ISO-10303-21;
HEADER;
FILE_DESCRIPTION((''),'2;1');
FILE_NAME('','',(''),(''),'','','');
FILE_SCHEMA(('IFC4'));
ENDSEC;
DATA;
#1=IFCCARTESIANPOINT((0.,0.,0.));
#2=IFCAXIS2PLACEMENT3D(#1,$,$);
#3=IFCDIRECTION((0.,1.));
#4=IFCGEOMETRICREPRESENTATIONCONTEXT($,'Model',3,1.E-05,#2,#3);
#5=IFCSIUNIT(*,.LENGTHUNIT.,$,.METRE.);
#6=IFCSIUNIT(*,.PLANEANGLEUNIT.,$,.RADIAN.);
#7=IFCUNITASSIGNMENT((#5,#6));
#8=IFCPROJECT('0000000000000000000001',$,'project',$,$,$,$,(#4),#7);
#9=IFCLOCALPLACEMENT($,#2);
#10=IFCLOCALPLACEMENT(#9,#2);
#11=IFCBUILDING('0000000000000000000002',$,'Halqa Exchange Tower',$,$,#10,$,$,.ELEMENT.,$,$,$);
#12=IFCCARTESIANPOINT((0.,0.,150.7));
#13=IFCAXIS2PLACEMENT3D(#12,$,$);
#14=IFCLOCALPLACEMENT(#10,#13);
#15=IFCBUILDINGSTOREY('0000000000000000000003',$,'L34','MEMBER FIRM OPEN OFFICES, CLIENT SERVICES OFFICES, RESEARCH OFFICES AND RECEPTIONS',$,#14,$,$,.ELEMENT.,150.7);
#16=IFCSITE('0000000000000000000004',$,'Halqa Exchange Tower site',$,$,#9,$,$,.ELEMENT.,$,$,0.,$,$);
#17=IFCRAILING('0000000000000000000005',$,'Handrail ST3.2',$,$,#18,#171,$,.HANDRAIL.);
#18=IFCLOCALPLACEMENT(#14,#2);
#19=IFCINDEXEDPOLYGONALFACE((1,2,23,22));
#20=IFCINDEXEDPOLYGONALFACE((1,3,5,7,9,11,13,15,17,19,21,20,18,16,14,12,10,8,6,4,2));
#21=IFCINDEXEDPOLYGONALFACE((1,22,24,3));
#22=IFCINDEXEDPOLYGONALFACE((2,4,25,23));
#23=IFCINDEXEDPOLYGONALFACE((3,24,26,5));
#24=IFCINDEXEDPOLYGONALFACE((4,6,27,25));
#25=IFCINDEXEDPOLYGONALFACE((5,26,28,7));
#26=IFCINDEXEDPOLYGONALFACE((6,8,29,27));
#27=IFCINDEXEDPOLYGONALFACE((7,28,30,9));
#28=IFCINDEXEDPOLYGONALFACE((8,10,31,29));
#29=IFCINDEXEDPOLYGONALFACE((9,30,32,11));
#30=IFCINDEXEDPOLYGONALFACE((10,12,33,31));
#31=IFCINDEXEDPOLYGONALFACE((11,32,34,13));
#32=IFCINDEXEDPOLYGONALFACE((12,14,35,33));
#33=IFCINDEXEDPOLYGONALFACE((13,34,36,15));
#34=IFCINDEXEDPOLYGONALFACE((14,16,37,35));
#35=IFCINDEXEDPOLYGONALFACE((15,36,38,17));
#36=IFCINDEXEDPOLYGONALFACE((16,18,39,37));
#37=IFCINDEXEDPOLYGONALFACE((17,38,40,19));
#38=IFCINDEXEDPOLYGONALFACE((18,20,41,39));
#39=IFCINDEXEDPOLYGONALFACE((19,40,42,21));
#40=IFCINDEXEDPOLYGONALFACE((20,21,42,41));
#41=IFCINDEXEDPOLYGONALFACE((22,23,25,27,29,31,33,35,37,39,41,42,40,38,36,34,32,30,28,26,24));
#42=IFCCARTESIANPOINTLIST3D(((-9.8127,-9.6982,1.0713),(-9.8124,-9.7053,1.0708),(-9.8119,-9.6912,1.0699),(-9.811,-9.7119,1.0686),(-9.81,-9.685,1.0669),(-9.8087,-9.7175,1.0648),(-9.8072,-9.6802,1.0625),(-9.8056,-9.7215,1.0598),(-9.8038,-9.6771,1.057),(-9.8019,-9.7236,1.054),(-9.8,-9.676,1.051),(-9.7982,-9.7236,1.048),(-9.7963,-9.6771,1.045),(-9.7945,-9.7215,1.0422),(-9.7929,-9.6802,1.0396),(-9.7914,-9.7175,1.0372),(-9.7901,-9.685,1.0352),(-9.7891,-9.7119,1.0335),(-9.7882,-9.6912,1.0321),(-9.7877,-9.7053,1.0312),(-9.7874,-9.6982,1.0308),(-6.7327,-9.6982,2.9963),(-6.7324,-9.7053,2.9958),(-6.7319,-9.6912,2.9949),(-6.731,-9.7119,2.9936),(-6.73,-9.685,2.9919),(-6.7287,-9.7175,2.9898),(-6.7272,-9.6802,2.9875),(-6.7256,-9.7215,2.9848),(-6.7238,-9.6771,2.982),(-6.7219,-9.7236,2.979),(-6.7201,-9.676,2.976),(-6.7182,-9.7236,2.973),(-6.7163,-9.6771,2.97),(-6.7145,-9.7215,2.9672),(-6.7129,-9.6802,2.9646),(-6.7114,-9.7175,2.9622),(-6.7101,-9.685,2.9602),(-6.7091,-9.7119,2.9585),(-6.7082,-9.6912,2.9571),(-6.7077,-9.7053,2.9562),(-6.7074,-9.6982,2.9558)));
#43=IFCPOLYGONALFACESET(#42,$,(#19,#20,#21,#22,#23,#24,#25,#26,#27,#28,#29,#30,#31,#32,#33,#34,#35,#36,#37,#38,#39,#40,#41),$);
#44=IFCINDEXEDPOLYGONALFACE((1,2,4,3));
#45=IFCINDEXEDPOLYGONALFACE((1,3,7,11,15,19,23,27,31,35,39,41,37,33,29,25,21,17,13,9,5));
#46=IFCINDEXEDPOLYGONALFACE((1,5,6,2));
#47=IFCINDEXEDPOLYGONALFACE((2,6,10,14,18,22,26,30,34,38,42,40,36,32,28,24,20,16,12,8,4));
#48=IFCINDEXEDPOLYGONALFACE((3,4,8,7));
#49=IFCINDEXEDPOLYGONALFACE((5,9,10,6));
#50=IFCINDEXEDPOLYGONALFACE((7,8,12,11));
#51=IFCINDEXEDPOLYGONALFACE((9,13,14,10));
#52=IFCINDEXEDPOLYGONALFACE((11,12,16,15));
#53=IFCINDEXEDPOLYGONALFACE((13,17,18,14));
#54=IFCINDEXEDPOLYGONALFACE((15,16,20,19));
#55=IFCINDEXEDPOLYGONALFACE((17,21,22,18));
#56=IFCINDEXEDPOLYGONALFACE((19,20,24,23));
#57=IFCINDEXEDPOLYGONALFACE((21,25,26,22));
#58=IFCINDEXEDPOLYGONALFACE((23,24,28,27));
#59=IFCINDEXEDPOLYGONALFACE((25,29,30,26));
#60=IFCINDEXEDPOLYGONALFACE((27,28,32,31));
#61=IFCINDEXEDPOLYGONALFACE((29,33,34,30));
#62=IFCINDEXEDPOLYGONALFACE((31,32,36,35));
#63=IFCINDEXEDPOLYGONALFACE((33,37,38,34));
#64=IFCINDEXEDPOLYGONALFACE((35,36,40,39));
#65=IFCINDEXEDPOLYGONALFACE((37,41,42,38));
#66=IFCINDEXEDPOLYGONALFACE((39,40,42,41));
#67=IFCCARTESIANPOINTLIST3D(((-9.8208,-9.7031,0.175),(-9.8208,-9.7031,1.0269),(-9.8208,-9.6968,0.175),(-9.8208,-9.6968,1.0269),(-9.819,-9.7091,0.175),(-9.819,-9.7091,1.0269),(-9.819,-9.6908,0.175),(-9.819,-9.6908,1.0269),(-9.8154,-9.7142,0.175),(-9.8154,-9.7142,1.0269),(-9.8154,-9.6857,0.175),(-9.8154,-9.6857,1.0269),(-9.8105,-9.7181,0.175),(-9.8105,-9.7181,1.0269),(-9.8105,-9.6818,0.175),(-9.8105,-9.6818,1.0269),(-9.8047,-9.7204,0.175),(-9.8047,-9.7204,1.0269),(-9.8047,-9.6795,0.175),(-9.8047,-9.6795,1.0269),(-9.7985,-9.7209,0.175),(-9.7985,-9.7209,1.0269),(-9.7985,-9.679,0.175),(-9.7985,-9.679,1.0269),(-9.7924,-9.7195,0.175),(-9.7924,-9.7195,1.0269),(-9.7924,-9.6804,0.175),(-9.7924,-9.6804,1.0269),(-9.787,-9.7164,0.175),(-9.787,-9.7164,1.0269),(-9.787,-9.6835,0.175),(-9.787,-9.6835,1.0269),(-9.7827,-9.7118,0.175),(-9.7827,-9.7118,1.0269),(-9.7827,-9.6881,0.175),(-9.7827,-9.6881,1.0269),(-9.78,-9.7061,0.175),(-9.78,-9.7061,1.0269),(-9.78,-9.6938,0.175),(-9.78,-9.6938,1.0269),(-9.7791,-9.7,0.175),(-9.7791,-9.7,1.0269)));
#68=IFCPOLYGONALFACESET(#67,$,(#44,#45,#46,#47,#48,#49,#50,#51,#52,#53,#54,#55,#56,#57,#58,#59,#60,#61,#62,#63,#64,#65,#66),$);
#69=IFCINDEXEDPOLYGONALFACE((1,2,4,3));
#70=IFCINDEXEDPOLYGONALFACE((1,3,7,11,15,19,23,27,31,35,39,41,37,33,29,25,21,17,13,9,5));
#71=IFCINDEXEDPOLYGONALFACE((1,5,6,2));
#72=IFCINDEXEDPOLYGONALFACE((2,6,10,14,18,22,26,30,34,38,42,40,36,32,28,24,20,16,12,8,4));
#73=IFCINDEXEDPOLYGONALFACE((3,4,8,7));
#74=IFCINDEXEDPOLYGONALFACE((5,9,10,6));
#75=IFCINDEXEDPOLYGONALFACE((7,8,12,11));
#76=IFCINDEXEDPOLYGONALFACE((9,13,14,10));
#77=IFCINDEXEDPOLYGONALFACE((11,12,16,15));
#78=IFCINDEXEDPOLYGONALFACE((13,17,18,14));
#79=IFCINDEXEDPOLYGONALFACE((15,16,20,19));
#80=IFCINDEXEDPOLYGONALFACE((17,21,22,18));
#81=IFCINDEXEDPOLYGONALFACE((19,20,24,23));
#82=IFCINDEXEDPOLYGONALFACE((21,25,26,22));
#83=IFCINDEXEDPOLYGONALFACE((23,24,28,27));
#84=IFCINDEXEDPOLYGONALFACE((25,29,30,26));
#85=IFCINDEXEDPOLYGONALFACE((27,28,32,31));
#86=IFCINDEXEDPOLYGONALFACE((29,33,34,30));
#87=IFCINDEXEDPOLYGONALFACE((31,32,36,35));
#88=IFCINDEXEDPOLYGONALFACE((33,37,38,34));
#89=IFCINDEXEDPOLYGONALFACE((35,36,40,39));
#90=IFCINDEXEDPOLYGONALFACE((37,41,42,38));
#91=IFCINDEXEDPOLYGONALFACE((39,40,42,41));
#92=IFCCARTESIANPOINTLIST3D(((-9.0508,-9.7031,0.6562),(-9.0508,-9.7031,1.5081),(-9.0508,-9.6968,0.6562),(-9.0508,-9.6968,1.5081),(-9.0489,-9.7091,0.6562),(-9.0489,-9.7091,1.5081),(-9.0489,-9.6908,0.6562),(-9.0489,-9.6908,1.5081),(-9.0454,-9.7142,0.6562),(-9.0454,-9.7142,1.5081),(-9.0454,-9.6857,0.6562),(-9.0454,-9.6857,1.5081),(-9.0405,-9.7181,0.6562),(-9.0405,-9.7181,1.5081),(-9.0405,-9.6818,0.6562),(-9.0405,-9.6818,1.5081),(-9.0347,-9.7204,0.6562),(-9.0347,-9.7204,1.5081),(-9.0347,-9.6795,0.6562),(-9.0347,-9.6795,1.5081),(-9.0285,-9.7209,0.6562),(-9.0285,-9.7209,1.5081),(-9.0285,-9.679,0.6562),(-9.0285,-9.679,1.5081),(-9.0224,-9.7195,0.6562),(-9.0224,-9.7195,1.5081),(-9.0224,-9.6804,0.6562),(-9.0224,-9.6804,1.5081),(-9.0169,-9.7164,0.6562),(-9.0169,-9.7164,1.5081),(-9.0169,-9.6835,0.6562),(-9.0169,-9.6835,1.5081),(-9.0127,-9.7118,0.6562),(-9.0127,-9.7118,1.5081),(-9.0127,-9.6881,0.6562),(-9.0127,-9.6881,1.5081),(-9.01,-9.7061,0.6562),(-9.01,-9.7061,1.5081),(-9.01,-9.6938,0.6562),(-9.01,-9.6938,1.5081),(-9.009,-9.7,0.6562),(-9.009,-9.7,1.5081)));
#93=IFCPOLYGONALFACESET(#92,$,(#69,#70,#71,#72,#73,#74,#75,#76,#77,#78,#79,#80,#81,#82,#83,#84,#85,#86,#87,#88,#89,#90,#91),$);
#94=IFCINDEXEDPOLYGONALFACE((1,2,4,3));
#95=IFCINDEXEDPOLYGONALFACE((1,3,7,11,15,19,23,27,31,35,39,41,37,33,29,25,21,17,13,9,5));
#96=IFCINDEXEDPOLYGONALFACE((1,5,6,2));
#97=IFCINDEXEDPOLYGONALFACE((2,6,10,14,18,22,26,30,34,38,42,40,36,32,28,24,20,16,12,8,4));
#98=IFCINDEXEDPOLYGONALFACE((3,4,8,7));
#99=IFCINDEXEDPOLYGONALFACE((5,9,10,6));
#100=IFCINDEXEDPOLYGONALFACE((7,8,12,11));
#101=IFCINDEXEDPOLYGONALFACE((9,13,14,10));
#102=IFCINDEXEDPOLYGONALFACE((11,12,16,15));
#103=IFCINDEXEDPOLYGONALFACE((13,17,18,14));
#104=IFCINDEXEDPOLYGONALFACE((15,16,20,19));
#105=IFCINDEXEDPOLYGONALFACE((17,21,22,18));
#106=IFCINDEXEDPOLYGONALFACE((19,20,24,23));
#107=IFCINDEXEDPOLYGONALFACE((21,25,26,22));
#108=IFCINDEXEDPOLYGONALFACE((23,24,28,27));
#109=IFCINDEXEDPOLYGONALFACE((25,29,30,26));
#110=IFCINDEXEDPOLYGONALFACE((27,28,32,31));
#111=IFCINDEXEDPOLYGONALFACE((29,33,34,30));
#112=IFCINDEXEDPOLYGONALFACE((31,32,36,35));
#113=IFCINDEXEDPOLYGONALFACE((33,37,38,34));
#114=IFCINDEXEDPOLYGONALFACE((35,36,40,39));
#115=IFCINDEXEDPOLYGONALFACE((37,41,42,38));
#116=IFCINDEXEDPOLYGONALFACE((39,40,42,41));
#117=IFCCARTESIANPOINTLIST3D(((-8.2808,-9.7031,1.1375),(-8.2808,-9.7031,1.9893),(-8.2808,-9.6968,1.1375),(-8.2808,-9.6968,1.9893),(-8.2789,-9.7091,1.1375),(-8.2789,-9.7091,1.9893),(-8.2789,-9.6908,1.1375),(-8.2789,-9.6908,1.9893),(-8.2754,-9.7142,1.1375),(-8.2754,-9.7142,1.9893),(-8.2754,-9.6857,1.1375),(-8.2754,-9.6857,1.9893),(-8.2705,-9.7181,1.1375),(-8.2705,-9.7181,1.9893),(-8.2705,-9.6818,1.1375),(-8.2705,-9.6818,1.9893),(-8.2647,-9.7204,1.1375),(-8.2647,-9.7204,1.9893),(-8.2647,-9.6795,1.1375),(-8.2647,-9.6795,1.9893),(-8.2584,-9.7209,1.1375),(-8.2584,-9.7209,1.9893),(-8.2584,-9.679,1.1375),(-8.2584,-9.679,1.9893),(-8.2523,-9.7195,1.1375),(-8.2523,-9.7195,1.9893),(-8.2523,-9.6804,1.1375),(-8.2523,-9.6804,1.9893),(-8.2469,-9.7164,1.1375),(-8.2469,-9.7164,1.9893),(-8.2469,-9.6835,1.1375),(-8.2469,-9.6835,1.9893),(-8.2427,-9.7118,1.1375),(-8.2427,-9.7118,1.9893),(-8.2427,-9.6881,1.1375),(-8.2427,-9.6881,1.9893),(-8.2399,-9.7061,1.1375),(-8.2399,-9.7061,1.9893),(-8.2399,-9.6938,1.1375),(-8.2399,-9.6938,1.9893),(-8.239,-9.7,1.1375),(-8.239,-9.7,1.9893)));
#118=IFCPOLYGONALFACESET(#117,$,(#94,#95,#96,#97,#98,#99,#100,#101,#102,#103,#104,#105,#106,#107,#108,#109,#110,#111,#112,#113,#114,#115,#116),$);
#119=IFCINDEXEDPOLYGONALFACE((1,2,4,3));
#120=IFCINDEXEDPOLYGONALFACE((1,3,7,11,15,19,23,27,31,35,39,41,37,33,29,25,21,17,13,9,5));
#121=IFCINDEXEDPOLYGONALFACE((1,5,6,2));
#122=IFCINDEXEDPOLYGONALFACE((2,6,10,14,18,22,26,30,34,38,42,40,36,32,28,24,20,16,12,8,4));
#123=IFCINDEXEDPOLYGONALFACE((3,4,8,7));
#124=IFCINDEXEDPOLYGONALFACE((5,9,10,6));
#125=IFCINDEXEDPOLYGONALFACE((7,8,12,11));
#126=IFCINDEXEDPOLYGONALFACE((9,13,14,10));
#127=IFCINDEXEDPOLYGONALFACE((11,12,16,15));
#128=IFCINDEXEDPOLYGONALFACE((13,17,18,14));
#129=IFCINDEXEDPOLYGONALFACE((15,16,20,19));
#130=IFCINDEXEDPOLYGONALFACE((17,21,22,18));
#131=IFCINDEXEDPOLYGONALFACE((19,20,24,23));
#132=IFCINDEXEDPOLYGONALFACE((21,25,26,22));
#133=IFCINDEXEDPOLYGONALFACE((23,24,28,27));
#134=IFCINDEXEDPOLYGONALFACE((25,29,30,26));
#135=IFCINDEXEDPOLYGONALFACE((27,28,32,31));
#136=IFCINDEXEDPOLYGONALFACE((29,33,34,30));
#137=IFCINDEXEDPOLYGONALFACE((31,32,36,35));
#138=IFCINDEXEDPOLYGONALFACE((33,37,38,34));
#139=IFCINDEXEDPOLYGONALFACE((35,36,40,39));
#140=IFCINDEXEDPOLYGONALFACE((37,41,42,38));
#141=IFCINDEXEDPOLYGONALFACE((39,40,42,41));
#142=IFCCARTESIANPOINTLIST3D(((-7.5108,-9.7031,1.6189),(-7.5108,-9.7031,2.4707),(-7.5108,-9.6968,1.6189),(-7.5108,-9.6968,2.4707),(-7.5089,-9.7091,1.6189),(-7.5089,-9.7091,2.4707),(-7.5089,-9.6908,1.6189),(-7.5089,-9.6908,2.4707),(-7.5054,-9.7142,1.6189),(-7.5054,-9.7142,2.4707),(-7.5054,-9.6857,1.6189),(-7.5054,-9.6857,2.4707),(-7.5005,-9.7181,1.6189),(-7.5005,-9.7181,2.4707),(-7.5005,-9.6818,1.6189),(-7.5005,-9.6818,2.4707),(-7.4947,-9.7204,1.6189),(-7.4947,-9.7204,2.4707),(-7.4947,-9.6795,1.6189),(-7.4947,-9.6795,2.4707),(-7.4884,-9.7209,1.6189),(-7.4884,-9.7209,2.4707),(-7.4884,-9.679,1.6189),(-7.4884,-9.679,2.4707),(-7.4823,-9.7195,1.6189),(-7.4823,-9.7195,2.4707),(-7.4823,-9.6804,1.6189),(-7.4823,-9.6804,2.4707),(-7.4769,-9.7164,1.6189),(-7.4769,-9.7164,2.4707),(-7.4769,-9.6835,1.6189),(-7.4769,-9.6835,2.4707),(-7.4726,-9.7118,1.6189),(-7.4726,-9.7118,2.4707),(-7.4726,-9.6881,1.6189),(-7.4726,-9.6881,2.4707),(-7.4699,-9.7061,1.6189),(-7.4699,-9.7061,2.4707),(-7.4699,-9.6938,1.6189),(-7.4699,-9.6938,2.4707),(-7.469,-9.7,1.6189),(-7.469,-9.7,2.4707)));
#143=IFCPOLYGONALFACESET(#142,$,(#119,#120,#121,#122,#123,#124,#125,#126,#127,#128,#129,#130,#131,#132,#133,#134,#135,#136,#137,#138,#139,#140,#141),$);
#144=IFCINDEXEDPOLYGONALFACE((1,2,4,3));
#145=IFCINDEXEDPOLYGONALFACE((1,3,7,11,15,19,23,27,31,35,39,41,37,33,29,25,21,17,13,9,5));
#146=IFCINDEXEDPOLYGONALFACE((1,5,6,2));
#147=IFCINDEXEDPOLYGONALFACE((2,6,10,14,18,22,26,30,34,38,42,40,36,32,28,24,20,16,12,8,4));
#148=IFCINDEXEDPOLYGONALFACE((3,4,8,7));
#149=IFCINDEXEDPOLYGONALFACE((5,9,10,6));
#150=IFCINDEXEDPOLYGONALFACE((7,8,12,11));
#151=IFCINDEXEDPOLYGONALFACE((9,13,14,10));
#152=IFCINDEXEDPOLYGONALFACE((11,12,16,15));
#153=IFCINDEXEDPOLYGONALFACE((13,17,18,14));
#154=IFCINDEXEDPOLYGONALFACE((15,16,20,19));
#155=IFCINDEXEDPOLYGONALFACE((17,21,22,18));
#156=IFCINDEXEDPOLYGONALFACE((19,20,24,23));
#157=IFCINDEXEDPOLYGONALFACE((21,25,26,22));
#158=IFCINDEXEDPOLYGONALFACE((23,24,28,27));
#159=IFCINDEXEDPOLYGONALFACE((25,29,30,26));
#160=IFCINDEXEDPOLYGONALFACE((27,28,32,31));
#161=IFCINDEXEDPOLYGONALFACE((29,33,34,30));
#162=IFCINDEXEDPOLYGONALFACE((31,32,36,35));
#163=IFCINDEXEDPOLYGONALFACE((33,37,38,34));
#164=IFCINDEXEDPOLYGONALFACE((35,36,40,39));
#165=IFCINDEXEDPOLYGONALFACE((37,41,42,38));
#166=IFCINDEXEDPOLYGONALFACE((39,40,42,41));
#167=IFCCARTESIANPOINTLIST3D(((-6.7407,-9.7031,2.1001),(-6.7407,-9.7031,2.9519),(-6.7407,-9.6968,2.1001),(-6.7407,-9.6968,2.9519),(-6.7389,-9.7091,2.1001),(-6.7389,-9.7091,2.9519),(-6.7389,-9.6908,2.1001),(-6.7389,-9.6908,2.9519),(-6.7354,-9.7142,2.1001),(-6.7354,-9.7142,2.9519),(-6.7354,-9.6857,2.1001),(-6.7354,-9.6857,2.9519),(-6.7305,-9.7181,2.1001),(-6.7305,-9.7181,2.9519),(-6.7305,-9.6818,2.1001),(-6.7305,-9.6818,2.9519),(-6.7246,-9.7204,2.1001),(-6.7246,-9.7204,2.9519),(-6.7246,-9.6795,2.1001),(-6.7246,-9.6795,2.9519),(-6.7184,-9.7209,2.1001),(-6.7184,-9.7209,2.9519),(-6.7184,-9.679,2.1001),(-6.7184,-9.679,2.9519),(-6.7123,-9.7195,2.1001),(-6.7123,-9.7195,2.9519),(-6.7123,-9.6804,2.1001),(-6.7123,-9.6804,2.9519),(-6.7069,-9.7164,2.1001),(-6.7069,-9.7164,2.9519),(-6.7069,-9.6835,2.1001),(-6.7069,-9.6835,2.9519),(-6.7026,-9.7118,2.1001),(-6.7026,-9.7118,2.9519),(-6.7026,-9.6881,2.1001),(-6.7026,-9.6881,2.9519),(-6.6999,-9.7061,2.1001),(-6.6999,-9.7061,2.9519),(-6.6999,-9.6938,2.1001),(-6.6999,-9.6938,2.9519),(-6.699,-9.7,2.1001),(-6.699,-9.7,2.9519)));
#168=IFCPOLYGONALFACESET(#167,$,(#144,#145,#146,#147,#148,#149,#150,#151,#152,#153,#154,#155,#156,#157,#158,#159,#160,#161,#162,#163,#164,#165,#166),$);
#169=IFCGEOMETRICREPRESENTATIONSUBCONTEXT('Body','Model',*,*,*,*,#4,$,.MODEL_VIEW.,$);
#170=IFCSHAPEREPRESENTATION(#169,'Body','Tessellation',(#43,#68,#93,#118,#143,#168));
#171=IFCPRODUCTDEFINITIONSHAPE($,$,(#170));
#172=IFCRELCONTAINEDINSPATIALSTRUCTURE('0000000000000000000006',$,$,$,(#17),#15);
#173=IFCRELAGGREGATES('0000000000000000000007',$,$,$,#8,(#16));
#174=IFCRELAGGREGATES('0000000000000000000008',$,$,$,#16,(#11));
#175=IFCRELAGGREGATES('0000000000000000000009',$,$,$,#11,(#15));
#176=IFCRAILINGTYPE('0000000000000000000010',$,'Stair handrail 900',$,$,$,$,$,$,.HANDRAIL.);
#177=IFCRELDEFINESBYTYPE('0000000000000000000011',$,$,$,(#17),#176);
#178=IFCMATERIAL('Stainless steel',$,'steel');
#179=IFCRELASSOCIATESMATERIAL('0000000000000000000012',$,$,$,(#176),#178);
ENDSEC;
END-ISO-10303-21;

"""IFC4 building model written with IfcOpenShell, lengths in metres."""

from ifc_helpers import new_model, si_unit, direction, frame, origin, origin_2d, place, context, subcontext, project, spatial, circle, extrude, material, type_object, element, save


model = new_model("IFC4")

# Units and contexts
model_context = context("Model", 3, precision=1e-05, world=origin(), true_north=direction((0.0, 1.0)))
body_context = subcontext(model_context, "Body", "Model", "MODEL_VIEW")
ifc_project = project(units=[si_unit("LENGTHUNIT", "METRE"), si_unit("PLANEANGLEUNIT", "RADIAN")], contexts=[model_context])

# Site, building, storey
site_placement = place(None, origin())
site = spatial("IfcSite", under=ifc_project, at=site_placement, Name="Halqa Exchange Tower site", CompositionType="ELEMENT", RefElevation=0.0)
building_placement = place(site_placement, origin())
building = spatial("IfcBuilding", under=site, at=building_placement, Name="Halqa Exchange Tower", CompositionType="ELEMENT")
storey_placement = place(building_placement, frame((0.0, 0.0, 150.7)))
storey = spatial("IfcBuildingStorey", under=building, at=storey_placement, Name="L34", Description="MEMBER FIRM OPEN OFFICES, CLIENT SERVICES OFFICES, RESEARCH OFFICES AND RECEPTIONS", CompositionType="ELEMENT", Elevation=150.7)

# Shared definitions
ifc_material_1 = material(Name="Stainless steel", Category="steel")

# Railing
railing_type_1 = type_object("IfcRailingType", Name="Stair handrail 900", PredefinedType="HANDRAIL", material=ifc_material_1)
railing_1_placement = place(storey_placement, frame((-9.8, -9.7, 0.175)))
element("IfcRailing", 1, at=railing_1_placement, inside=storey, type_object=railing_type_1, Name="Handrail ST3.2", PredefinedType="HANDRAIL", context=body_context, shape_type="SweptSolid", body=[
    extrude(circle(Radius=0.0239, at=origin_2d()), frame((0.0, 0.0, 0.876), z_axis=(0.847998, 0.0, 0.529999), x_axis=(0.0, 1.0, 0.0)), (0.0, 0.0, 1.0), 3.6321),
    extrude(circle(Radius=0.021, at=origin_2d()), origin(), (0.0, 0.0, 1.0), 0.8518),
    extrude(circle(Radius=0.021, at=origin_2d()), frame((0.77, 0.0, 0.4812)), (0.0, 0.0, 1.0), 0.8518),
    extrude(circle(Radius=0.021, at=origin_2d()), frame((1.54, 0.0, 0.9624)), (0.0, 0.0, 1.0), 0.8518),
    extrude(circle(Radius=0.021, at=origin_2d()), frame((2.3101, 0.0, 1.4438)), (0.0, 0.0, 1.0), 0.8518),
    extrude(circle(Radius=0.021, at=origin_2d()), frame((3.0801, 0.0, 1.925)), (0.0, 0.0, 1.0), 0.8518),
])

save(model, "model.ifc")
